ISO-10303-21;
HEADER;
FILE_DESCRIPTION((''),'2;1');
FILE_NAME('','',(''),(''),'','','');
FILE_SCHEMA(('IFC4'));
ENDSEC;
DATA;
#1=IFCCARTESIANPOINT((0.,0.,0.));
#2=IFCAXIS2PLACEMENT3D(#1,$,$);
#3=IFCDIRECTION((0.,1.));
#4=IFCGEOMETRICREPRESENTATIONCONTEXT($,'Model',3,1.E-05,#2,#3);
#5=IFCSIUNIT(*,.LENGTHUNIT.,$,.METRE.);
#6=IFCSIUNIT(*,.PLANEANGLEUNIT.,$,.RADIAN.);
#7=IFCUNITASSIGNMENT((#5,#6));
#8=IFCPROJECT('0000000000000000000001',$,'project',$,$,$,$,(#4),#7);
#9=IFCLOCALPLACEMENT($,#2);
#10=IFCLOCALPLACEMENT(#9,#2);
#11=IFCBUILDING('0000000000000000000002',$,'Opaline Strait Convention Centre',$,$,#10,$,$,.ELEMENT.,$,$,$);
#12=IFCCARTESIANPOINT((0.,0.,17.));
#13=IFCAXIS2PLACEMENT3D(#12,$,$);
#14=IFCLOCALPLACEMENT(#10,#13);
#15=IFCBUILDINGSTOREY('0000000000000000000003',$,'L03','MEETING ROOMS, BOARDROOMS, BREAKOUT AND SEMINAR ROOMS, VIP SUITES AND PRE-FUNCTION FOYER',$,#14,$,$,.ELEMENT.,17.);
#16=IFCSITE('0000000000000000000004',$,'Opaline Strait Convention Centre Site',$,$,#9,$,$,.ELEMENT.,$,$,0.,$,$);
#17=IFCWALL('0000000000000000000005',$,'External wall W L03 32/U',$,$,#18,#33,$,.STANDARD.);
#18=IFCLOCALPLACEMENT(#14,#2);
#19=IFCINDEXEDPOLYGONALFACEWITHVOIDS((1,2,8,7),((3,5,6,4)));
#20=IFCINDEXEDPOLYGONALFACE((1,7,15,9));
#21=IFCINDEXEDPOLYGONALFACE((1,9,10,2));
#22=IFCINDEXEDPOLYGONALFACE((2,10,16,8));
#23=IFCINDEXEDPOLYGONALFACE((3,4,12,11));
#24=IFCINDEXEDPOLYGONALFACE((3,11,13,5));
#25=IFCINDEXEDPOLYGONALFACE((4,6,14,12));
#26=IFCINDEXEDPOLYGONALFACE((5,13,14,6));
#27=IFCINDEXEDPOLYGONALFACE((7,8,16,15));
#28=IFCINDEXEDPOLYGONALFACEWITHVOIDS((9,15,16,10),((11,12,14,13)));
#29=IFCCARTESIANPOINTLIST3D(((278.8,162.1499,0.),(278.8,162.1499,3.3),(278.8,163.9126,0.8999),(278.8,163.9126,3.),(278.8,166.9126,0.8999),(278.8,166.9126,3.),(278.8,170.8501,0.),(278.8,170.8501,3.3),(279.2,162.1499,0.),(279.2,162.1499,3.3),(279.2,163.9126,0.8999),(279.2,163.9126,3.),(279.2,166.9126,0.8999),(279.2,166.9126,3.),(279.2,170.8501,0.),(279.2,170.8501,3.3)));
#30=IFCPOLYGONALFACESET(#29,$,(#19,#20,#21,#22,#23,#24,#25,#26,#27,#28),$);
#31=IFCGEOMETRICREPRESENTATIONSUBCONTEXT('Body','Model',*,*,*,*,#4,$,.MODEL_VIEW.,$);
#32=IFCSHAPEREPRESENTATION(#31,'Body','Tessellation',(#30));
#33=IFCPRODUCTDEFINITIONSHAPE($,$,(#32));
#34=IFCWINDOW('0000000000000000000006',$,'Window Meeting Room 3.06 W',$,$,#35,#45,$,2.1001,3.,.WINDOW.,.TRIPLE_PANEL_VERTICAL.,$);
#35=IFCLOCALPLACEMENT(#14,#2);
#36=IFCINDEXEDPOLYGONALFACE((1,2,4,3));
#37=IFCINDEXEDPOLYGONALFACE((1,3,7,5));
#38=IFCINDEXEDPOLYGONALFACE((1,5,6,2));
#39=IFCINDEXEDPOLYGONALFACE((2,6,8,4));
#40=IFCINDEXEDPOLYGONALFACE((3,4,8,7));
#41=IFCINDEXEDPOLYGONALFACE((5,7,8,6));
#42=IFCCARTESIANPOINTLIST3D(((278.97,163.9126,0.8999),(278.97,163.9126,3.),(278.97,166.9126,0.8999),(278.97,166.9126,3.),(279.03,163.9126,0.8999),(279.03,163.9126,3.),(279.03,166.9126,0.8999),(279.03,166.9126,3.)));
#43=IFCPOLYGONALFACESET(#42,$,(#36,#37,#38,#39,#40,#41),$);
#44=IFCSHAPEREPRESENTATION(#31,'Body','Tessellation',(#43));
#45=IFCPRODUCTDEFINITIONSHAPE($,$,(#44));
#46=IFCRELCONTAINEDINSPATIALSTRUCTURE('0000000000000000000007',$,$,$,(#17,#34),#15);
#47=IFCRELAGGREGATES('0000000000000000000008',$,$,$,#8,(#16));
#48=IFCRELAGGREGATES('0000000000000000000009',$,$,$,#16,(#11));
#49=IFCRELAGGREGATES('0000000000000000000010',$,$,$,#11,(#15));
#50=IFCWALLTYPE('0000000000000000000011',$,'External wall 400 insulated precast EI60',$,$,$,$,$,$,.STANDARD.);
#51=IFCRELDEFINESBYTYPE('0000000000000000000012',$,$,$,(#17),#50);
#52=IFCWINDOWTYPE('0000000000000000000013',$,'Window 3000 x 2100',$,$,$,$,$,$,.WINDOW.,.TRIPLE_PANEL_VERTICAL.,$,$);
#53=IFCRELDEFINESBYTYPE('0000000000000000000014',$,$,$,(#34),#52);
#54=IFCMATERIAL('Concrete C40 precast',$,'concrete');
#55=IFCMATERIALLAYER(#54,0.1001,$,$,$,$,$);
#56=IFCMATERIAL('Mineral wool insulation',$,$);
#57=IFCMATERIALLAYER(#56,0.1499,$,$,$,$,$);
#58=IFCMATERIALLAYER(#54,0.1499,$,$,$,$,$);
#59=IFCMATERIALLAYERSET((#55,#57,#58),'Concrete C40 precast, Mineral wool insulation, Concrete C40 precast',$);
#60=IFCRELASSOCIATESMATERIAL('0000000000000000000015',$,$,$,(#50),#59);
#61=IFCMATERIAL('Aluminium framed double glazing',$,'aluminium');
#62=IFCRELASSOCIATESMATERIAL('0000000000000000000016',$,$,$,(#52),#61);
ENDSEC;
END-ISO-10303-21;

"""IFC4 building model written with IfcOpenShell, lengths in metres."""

from ifc_helpers import new_model, si_unit, direction, frame, frame_2d, origin, place, context, subcontext, project, spatial, rectangle, extrude, material, layer, layer_set, type_object, element, fill, save


model = new_model("IFC4")

# Units and contexts
model_context = context("Model", 3, precision=1e-05, world=origin(), true_north=direction((0.0, 1.0)))
body_context = subcontext(model_context, "Body", "Model", "MODEL_VIEW")
ifc_project = project(units=[si_unit("LENGTHUNIT", "METRE"), si_unit("PLANEANGLEUNIT", "RADIAN")], contexts=[model_context])

# Site, building, storey
site_placement = place(None, origin())
site = spatial("IfcSite", under=ifc_project, at=site_placement, Name="Opaline Strait Convention Centre Site", CompositionType="ELEMENT", RefElevation=0.0)
building_placement = place(site_placement, origin())
building = spatial("IfcBuilding", under=site, at=building_placement, Name="Opaline Strait Convention Centre", CompositionType="ELEMENT")
storey_placement = place(building_placement, frame((0.0, 0.0, 17.0)))
storey = spatial("IfcBuildingStorey", under=building, at=storey_placement, Name="L03", Description="MEETING ROOMS, BOARDROOMS, BREAKOUT AND SEMINAR ROOMS, VIP SUITES AND PRE-FUNCTION FOYER", CompositionType="ELEMENT", Elevation=17.0)

# Shared definitions
ifc_material_1 = material(Name="Aluminium framed double glazing", Category="aluminium")

# Wall, opening, window
ifc_material_2 = material(Name="Concrete C40 precast", Category="concrete")
ifc_layer_1 = layer(ifc_material_2, 0.1001)
ifc_material_3 = material(Name="Mineral wool insulation")
ifc_layer_2 = layer(ifc_material_3, 0.1499)
ifc_layer_3 = layer(ifc_material_2, 0.1499)
ifc_layer_set_1 = layer_set([ifc_layer_1, ifc_layer_2, ifc_layer_3], Name="Concrete C40 precast, Mineral wool insulation, Concrete C40 precast")
wall_type = type_object("IfcWallType", Name="External wall 400 insulated precast EI60", PredefinedType="STANDARD", material=ifc_layer_set_1)
wall_placement = place(storey_placement, frame((279.0, 162.1499, 0.0), z_axis=(0.0, 0.0, 1.0), x_axis=(0.0, 1.0, 0.0)))
wall = element("IfcWall", 1, at=wall_placement, inside=storey, type_object=wall_type, Name="External wall W L03 32/U", PredefinedType="STANDARD", context=body_context, shape_type="SweptSolid", body=[
    extrude(rectangle(XDim=8.7002, YDim=0.3999, at=frame_2d((4.3501, 0.0))), origin(), (0.0, 0.0, 1.0), 3.3),
])
opening_placement = place(wall_placement, frame((1.7627, 0.0, 0.8999)))
opening = element("IfcOpeningElement", 2, at=opening_placement, cuts=wall, PredefinedType="OPENING", context=body_context, shape_type="SweptSolid", body=[
    extrude(rectangle(XDim=3.0, YDim=2.1001, at=frame_2d((1.5, 1.05))), frame((0.0, 0.21, 0.0), z_axis=(0.0, -1.0, 0.0), x_axis=(1.0, 0.0, 0.0)), (0.0, 0.0, 1.0), 0.4199),
])
window_type = type_object("IfcWindowType", Name="Window 3000 x 2100", PartitioningType="TRIPLE_PANEL_VERTICAL", PredefinedType="WINDOW", material=ifc_material_1)
window_placement = place(opening_placement, origin())
window = element("IfcWindow", 3, at=window_placement, inside=storey, type_object=window_type, Name="Window Meeting Room 3.06 W", OverallHeight=2.1001, OverallWidth=3.0, PartitioningType="TRIPLE_PANEL_VERTICAL", PredefinedType="WINDOW", context=body_context, shape_type="SweptSolid", body=[
    extrude(rectangle(XDim=3.0, YDim=2.1001, at=frame_2d((1.5, 1.05))), frame((0.0, 0.03, 0.0), z_axis=(0.0, -1.0, 0.0), x_axis=(1.0, 0.0, 0.0)), (0.0, 0.0, 1.0), 0.0601),
])
fill(opening, window)

save(model, "model.ifc")
